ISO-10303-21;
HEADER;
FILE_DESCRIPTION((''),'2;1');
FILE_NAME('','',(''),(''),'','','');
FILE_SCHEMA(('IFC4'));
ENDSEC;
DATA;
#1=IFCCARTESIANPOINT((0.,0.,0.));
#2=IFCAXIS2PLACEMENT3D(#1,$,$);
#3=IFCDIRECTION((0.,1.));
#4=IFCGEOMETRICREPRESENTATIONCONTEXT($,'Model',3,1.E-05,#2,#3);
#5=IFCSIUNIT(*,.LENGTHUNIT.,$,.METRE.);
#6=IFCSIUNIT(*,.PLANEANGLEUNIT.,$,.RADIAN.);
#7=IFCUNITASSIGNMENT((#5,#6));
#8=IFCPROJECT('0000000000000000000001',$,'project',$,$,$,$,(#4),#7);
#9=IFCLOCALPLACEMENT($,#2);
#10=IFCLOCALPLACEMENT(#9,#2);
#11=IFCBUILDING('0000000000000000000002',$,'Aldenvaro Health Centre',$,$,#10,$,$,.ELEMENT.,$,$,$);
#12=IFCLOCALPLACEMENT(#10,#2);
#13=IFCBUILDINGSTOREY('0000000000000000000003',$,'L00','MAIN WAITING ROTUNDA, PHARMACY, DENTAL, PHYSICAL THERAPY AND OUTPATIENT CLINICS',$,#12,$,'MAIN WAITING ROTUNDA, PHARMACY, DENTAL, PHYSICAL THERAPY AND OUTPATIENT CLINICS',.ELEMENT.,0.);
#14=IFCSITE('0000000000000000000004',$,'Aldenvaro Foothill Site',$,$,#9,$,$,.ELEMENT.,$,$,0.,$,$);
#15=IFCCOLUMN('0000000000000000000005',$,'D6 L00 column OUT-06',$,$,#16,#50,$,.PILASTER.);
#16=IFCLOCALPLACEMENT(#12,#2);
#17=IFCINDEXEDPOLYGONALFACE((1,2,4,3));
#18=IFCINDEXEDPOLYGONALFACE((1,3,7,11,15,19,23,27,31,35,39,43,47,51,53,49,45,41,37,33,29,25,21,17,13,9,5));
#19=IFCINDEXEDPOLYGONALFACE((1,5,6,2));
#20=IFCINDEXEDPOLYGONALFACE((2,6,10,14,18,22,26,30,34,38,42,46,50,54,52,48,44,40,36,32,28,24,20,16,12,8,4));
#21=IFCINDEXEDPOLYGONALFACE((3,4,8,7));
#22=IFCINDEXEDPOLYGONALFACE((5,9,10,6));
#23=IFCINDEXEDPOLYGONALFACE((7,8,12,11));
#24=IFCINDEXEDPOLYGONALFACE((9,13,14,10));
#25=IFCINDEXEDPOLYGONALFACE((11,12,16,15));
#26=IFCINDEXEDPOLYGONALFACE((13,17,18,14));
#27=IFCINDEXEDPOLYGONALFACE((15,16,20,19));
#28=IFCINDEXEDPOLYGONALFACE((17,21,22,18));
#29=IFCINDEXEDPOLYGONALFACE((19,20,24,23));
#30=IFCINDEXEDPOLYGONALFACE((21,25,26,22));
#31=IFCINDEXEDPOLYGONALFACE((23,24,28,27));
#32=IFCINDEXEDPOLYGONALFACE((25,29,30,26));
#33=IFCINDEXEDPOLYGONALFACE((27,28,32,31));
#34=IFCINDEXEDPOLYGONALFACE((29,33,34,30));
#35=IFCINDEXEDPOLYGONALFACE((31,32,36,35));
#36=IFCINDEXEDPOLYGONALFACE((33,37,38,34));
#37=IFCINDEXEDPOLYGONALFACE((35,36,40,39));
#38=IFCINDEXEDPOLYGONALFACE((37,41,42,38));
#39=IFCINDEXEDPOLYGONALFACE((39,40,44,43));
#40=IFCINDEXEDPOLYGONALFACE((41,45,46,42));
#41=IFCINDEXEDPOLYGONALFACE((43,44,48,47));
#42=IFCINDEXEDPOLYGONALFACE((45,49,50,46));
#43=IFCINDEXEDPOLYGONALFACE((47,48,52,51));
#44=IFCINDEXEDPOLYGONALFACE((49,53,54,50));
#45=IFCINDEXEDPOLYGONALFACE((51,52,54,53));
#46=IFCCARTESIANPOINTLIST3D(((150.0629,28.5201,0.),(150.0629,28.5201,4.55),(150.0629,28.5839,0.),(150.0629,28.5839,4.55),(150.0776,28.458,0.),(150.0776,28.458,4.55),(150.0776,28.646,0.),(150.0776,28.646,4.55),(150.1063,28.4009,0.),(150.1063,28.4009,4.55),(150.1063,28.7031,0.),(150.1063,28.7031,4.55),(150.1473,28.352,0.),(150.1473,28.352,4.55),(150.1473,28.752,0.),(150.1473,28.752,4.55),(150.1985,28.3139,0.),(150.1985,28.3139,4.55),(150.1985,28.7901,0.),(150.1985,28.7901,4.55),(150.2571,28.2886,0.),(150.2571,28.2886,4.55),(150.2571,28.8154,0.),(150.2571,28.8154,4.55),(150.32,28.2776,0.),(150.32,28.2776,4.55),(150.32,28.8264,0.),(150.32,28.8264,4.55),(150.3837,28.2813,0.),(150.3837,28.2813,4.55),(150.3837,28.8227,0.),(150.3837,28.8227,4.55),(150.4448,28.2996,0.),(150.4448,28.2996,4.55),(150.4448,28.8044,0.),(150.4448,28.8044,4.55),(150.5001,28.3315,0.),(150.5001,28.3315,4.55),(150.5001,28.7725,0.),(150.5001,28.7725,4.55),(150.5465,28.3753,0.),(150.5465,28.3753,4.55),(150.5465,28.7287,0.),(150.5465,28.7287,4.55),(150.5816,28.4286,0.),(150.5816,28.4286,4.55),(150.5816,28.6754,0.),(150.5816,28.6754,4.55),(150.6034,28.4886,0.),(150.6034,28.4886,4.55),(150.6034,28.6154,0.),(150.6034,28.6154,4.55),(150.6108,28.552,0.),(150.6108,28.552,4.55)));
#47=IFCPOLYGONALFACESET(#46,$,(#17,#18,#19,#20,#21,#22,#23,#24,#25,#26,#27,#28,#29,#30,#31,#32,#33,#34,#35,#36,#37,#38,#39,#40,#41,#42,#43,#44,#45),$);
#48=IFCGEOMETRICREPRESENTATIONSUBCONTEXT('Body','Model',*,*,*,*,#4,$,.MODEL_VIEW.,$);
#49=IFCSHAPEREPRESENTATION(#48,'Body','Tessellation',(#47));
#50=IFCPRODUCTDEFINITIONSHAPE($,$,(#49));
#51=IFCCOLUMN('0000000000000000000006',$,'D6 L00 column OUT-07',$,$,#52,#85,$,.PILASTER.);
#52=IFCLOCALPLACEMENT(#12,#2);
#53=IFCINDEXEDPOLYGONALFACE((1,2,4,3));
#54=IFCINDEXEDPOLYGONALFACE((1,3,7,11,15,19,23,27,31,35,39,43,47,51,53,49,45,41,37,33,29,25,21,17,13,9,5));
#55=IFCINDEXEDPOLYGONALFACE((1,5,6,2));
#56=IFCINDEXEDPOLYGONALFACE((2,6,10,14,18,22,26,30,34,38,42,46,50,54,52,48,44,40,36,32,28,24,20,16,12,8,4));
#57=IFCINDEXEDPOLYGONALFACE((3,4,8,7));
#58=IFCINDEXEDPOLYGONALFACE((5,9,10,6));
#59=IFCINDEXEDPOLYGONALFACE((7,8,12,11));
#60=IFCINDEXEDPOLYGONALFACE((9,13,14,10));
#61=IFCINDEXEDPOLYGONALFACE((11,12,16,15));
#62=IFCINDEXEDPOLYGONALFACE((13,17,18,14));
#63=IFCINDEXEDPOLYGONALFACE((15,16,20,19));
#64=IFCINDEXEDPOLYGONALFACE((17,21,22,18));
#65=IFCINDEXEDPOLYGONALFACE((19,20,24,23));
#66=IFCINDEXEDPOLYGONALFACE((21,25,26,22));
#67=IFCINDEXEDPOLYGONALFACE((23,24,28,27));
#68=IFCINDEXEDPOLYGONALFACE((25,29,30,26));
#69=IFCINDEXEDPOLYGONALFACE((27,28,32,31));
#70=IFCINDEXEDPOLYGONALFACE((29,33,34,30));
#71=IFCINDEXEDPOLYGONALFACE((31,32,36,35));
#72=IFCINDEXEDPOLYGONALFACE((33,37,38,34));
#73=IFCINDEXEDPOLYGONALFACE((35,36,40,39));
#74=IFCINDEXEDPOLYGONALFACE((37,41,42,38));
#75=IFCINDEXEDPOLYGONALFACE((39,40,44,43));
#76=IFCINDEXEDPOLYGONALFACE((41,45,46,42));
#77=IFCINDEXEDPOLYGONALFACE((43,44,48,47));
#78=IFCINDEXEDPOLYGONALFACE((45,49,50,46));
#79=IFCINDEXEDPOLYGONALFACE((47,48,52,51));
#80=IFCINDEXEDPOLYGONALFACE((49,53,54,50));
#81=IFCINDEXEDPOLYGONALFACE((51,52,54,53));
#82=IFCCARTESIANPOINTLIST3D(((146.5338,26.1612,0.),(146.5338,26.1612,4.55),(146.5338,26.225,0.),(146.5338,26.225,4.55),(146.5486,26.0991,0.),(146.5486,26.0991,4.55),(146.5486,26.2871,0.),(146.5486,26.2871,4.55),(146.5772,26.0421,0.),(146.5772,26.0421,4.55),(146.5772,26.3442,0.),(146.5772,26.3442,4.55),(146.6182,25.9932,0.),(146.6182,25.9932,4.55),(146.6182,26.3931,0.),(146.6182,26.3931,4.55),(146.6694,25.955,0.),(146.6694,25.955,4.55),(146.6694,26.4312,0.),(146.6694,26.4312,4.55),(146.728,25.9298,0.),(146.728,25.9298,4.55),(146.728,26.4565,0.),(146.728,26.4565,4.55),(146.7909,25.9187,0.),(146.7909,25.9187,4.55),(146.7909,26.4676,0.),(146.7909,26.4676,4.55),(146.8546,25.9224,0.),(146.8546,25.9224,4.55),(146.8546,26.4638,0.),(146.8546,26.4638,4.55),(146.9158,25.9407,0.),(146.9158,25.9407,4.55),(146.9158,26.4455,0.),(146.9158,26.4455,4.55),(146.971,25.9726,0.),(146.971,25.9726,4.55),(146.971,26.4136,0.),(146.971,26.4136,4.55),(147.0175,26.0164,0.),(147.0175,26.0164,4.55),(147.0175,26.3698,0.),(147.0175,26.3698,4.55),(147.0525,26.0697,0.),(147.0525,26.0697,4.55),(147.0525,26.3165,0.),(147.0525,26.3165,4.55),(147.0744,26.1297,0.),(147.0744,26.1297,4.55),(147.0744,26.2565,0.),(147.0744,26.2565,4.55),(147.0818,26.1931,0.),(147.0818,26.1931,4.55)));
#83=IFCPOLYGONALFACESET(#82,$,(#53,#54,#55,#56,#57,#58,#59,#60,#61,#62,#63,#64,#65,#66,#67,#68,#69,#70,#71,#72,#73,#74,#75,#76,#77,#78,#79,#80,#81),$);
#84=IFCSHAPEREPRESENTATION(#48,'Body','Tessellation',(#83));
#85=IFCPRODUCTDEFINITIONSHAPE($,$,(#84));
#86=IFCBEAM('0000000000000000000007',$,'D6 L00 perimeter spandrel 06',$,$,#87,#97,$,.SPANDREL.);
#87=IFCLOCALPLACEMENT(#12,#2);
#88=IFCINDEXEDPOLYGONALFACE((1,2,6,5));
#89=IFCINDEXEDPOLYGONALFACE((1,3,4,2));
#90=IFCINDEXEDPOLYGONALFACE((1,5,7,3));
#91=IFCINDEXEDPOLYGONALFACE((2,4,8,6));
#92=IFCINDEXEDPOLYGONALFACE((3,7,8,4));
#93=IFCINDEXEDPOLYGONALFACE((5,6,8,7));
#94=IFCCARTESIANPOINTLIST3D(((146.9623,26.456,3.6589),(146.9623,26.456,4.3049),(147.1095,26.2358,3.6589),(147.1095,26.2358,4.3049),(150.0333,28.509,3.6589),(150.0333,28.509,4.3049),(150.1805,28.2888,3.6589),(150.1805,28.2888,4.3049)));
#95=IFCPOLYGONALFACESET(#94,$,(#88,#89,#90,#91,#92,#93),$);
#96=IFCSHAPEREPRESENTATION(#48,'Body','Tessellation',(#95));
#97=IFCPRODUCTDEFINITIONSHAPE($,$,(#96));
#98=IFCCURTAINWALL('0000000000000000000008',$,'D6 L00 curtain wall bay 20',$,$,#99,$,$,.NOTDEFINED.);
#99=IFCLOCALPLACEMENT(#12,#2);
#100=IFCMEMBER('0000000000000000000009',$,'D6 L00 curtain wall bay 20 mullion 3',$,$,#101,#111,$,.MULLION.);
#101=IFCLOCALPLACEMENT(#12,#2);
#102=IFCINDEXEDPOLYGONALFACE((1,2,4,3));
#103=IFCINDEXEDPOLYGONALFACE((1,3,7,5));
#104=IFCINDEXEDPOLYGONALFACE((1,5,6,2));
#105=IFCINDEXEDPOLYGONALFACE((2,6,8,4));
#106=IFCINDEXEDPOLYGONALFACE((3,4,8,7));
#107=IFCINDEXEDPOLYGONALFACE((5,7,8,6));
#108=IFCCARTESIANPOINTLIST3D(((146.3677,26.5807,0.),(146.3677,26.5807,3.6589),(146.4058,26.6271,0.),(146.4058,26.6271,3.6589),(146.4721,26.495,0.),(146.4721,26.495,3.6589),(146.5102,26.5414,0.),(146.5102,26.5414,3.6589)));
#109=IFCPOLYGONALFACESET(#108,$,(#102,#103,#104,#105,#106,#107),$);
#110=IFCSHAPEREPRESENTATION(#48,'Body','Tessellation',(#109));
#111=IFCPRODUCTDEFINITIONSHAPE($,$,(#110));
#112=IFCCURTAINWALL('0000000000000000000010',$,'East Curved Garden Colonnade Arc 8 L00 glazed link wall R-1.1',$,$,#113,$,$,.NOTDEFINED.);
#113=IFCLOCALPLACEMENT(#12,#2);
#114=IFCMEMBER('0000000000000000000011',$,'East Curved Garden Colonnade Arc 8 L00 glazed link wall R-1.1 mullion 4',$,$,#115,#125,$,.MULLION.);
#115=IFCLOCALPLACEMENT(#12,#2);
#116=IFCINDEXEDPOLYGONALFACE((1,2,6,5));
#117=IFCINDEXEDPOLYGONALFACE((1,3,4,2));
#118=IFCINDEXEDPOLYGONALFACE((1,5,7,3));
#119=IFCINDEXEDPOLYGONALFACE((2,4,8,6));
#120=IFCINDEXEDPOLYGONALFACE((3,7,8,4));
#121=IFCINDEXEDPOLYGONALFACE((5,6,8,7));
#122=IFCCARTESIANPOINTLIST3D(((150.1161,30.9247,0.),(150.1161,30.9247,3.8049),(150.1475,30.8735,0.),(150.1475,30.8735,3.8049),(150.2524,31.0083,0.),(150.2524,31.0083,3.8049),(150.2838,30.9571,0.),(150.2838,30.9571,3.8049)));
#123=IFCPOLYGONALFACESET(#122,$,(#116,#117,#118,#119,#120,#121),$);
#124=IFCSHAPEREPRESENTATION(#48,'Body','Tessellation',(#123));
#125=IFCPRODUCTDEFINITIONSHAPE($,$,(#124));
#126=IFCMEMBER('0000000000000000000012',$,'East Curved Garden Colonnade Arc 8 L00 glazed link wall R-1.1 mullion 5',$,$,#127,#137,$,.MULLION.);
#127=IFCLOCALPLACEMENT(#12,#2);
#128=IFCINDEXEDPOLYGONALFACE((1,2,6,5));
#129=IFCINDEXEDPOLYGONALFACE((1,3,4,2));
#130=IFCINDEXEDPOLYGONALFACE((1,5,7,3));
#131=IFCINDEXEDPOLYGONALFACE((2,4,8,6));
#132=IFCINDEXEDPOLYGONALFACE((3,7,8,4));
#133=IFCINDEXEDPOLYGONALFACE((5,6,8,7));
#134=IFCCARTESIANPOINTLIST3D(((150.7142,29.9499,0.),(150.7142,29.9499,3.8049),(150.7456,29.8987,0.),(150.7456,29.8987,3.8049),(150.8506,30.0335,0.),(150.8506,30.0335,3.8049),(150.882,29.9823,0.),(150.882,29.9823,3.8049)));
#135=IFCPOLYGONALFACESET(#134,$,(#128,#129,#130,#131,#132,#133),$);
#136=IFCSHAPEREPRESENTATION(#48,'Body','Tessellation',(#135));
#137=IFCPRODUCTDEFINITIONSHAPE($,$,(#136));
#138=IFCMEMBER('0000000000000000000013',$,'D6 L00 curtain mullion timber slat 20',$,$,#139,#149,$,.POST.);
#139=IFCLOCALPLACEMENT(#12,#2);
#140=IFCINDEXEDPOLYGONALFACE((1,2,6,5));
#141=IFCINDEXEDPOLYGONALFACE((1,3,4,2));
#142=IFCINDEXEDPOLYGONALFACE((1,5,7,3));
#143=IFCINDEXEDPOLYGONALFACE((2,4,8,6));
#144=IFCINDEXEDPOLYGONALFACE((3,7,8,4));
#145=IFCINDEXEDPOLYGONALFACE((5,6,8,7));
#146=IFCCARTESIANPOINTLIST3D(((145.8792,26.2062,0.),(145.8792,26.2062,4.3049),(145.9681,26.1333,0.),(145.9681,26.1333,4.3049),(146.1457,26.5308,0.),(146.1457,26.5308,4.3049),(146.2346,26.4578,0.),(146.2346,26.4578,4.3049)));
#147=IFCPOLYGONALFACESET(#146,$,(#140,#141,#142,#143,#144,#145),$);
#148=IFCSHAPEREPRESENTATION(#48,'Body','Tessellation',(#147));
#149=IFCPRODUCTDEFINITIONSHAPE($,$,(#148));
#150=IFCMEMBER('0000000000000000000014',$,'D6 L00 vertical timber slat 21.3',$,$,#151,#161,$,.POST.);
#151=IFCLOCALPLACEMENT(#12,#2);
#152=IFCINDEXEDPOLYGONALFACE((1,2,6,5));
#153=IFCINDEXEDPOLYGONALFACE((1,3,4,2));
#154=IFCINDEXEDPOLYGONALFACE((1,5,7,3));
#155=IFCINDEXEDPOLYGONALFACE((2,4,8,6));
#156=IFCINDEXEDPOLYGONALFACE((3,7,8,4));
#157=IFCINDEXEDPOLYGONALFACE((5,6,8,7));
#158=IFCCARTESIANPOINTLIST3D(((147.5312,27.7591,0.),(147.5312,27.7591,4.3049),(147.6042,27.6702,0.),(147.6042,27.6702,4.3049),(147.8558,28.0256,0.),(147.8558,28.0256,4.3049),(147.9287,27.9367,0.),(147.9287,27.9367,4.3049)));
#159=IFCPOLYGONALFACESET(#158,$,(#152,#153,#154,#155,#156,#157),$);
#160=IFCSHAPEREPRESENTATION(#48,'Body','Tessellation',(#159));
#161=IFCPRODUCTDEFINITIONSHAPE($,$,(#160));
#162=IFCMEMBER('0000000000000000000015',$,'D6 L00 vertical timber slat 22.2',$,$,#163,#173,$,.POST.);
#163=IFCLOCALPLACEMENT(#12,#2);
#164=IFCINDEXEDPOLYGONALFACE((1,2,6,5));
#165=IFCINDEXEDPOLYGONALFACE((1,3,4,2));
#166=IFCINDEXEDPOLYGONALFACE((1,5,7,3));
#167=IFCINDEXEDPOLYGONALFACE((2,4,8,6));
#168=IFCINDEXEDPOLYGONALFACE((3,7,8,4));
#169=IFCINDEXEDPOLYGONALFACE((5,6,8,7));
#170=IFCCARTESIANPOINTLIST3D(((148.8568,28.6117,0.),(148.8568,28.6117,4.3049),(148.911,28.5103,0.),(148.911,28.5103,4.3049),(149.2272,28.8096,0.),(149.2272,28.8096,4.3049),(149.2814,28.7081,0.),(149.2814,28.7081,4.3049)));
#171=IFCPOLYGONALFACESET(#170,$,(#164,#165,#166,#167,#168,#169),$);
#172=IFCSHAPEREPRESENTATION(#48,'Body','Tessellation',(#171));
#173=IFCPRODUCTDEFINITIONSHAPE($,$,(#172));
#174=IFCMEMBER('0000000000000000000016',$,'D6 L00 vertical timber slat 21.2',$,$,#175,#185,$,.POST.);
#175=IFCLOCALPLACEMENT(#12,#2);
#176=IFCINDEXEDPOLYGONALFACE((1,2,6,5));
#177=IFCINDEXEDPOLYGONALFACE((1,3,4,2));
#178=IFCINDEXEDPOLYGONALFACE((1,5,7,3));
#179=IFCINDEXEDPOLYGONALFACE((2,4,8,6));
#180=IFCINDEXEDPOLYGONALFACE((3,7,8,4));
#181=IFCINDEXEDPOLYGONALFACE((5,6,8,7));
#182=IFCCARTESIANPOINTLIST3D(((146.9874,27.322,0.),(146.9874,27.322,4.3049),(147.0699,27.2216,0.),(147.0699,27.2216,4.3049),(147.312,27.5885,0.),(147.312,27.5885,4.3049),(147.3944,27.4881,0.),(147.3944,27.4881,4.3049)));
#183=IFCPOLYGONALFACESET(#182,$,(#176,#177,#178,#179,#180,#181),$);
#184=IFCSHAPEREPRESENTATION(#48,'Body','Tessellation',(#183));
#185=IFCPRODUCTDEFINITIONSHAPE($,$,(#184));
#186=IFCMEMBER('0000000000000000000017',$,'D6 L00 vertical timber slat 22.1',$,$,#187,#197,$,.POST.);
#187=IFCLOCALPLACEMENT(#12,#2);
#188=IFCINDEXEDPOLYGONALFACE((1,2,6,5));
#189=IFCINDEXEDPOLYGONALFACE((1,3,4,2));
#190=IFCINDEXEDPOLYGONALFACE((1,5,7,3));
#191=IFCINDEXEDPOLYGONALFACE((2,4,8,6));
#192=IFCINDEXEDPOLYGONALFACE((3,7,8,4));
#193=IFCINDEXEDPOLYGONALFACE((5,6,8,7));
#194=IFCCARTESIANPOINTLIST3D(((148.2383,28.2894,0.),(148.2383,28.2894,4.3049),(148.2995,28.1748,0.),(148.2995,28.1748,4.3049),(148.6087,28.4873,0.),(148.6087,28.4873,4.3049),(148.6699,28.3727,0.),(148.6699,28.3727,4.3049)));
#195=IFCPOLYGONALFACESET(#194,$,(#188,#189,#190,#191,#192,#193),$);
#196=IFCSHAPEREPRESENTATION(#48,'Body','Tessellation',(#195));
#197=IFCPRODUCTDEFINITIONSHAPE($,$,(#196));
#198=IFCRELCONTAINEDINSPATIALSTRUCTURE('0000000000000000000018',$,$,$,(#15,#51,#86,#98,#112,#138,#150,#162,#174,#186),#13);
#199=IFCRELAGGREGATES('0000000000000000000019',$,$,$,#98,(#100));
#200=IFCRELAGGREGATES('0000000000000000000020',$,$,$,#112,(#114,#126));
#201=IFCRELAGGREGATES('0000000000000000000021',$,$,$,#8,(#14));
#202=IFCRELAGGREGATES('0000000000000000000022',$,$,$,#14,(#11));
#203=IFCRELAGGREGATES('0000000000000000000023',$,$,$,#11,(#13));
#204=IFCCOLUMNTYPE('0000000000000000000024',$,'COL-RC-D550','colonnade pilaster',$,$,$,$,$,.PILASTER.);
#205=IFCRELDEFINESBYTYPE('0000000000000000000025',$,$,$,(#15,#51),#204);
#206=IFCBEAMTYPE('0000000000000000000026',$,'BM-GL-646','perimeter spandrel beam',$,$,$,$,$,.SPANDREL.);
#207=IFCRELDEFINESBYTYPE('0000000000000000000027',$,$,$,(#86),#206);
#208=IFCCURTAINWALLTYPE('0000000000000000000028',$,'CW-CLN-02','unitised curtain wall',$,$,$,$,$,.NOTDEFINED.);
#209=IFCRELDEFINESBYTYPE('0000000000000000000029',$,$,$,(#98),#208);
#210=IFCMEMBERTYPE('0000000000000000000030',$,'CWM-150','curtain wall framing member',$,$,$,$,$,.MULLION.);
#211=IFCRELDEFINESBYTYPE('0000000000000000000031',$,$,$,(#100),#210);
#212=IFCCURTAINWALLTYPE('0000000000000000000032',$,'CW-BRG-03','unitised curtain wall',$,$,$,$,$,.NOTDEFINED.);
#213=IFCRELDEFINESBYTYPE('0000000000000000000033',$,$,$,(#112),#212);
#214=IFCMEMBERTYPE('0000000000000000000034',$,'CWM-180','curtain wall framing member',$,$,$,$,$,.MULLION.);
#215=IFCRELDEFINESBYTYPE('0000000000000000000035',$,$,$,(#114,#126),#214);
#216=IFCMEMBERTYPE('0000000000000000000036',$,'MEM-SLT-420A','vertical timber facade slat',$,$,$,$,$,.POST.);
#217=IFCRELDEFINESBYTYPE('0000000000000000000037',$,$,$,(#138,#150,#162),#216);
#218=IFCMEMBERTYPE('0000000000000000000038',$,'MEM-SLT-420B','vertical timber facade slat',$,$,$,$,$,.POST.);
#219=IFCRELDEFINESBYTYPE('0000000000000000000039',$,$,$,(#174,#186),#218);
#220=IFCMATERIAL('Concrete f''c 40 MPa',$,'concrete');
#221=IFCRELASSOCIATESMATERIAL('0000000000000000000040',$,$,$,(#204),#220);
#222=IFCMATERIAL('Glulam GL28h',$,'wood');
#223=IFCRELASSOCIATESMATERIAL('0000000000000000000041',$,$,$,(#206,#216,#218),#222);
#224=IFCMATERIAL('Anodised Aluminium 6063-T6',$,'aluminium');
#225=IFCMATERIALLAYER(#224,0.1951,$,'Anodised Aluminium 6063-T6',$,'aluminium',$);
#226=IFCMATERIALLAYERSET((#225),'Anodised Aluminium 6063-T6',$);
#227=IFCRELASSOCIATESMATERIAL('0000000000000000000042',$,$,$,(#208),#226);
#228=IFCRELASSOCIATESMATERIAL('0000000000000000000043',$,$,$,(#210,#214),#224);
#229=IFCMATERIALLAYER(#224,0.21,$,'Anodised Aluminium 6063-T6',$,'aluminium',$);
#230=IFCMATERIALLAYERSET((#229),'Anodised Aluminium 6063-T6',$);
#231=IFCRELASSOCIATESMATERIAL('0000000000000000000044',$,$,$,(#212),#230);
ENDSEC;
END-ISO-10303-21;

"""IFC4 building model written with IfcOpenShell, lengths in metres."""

from ifc_helpers import new_model, si_unit, direction, frame, origin, origin_2d, place, context, subcontext, project, spatial, rectangle, circle, extrude, material, layer, layer_set, material_profile, profile_set, type_object, element, aggregate, save


model = new_model("IFC4")

# Units and contexts
model_context = context("Model", 3, precision=1e-05, world=origin(), true_north=direction((0.0, 1.0)))
body_context = subcontext(model_context, "Body", "Model", "MODEL_VIEW")
ifc_project = project(units=[si_unit("LENGTHUNIT", "METRE"), si_unit("PLANEANGLEUNIT", "RADIAN")], contexts=[model_context])

# Site, building, storey
site_placement = place(None, origin())
site = spatial("IfcSite", under=ifc_project, at=site_placement, Name="Aldenvaro Foothill Site", CompositionType="ELEMENT", RefElevation=0.0)
building_placement = place(site_placement, origin())
building = spatial("IfcBuilding", under=site, at=building_placement, Name="Aldenvaro Health Centre", CompositionType="ELEMENT")
storey_placement = place(building_placement, origin())
storey = spatial("IfcBuildingStorey", under=building, at=storey_placement, Name="L00", Description="MAIN WAITING ROTUNDA, PHARMACY, DENTAL, PHYSICAL THERAPY AND OUTPATIENT CLINICS", LongName="MAIN WAITING ROTUNDA, PHARMACY, DENTAL, PHYSICAL THERAPY AND OUTPATIENT CLINICS", CompositionType="ELEMENT", Elevation=0.0)

# Columns
ifc_material_1 = material(Name="Concrete f'c 40 MPa", Category="concrete")
ifc_material_profile_1 = material_profile(ifc_material_1, circle(Radius=0.2749, at=origin_2d()), Name="RC D550", Category="concrete")
ifc_profile_set_1 = profile_set([ifc_material_profile_1], Name="Concrete f'c 40 MPa")
column_type = type_object("IfcColumnType", Name="COL-RC-D550", Description="colonnade pilaster", PredefinedType="PILASTER", material=ifc_profile_set_1)
for number, where, z_axis, x_axis, name in (
    (1, (150.3359, 28.552, 0.0), (0.0, 0.0, 1.0), (1.0, 0.0, 0.0), "D6 L00 column OUT-06"),
    (2, (146.8069, 26.1931, 0.0), (0.0, 0.0, 1.0), (1.0, 0.0, 0.0), "D6 L00 column OUT-07"),
):
    element("IfcColumn", number, at=place(storey_placement, frame(where, z_axis=z_axis, x_axis=x_axis)), inside=storey, type_object=column_type, Name=name, PredefinedType="PILASTER", context=body_context, shape_type="SweptSolid", body=[
        extrude(circle(Radius=0.2749, at=origin_2d()), origin(), (0.0, 0.0, 1.0), 4.55),
    ])

# Beam
ifc_material_2 = material(Name="Glulam GL28h", Category="wood")
ifc_material_profile_2 = material_profile(ifc_material_2, rectangle(XDim=0.2649, YDim=0.646, at=origin_2d()), Name="GL 265x646", Category="wood")
ifc_profile_set_2 = profile_set([ifc_material_profile_2], Name="Glulam GL28h")
beam_type = type_object("IfcBeamType", Name="BM-GL-646", Description="perimeter spandrel beam", PredefinedType="SPANDREL", material=ifc_profile_set_2)
beam_placement = place(storey_placement, frame((150.1069, 28.3989, 3.9819), z_axis=(-0.831348, -0.555752, 0.0), x_axis=(0.555752, -0.831348, 0.0)))
element("IfcBeam", 3, at=beam_placement, inside=storey, type_object=beam_type, Name="D6 L00 perimeter spandrel 06", PredefinedType="SPANDREL", context=body_context, shape_type="SweptSolid", body=[
    extrude(rectangle(XDim=0.2649, YDim=0.646, at=origin_2d()), origin(), (0.0, 0.0, 1.0), 3.6941),
])

# Curtain wall, member
ifc_material_3 = material(Name="Anodised Aluminium 6063-T6", Category="aluminium")
ifc_layer_1 = layer(ifc_material_3, 0.1951, Name="Anodised Aluminium 6063-T6", Category="aluminium")
ifc_layer_set_1 = layer_set([ifc_layer_1], Name="Anodised Aluminium 6063-T6")
curtain_wall_type_1 = type_object("IfcCurtainWallType", Name="CW-CLN-02", Description="unitised curtain wall", PredefinedType="NOTDEFINED", material=ifc_layer_set_1)
curtain_wall_1_placement = place(storey_placement, origin())
curtain_wall_1 = element("IfcCurtainWall", 4, at=curtain_wall_1_placement, inside=storey, type_object=curtain_wall_type_1, Name="D6 L00 curtain wall bay 20", PredefinedType="NOTDEFINED")
ifc_material_profile_3 = material_profile(ifc_material_3, rectangle(XDim=0.0601, YDim=0.135, at=origin_2d()), Name="ALU 60x135", Category="aluminium")
ifc_profile_set_3 = profile_set([ifc_material_profile_3], Name="Anodised Aluminium 6063-T6")
member_type_1 = type_object("IfcMemberType", Name="CWM-150", Description="curtain wall framing member", PredefinedType="MULLION", material=ifc_profile_set_3)
member_1_placement = place(storey_placement, frame((146.439, 26.561, 0.0), z_axis=(0.0, 0.0, 1.0), x_axis=(0.634577, 0.77286, 0.0)))
member_1 = element("IfcMember", 5, at=member_1_placement, type_object=member_type_1, Name="D6 L00 curtain wall bay 20 mullion 3", PredefinedType="MULLION", context=body_context, shape_type="SweptSolid", body=[
    extrude(rectangle(XDim=0.0601, YDim=0.135, at=origin_2d()), origin(), (0.0, 0.0, 1.0), 3.6589),
])

# Curtain wall, members
ifc_layer_2 = layer(ifc_material_3, 0.21, Name="Anodised Aluminium 6063-T6", Category="aluminium")
ifc_layer_set_2 = layer_set([ifc_layer_2], Name="Anodised Aluminium 6063-T6")
curtain_wall_type_2 = type_object("IfcCurtainWallType", Name="CW-BRG-03", Description="unitised curtain wall", PredefinedType="NOTDEFINED", material=ifc_layer_set_2)
curtain_wall_2_placement = place(storey_placement, origin())
curtain_wall_2 = element("IfcCurtainWall", 6, at=curtain_wall_2_placement, inside=storey, type_object=curtain_wall_type_2, Name="East Curved Garden Colonnade Arc 8 L00 glazed link wall R-1.1", PredefinedType="NOTDEFINED")
ifc_material_profile_4 = material_profile(ifc_material_3, rectangle(XDim=0.0601, YDim=0.1599, at=origin_2d()), Name="ALU 60x160", Category="aluminium")
ifc_profile_set_4 = profile_set([ifc_material_profile_4], Name="Anodised Aluminium 6063-T6")
member_type_2 = type_object("IfcMemberType", Name="CWM-180", Description="curtain wall framing member", PredefinedType="MULLION", material=ifc_profile_set_4)
member_2_placement = place(storey_placement, frame((150.2, 30.9409, 0.0), z_axis=(0.0, 0.0, 1.0), x_axis=(0.52267, -0.852535, 0.0)))
member_2 = element("IfcMember", 7, at=member_2_placement, type_object=member_type_2, Name="East Curved Garden Colonnade Arc 8 L00 glazed link wall R-1.1 mullion 4", PredefinedType="MULLION", context=body_context, shape_type="SweptSolid", body=[
    extrude(rectangle(XDim=0.0601, YDim=0.1599, at=origin_2d()), origin(), (0.0, 0.0, 1.0), 3.8049),
])
member_3_placement = place(storey_placement, frame((150.7981, 29.9661, 0.0), z_axis=(0.0, 0.0, 1.0), x_axis=(0.52267, -0.852535, 0.0)))
member_3 = element("IfcMember", 8, at=member_3_placement, type_object=member_type_2, Name="East Curved Garden Colonnade Arc 8 L00 glazed link wall R-1.1 mullion 5", PredefinedType="MULLION", context=body_context, shape_type="SweptSolid", body=[
    extrude(rectangle(XDim=0.0601, YDim=0.1599, at=origin_2d()), origin(), (0.0, 0.0, 1.0), 3.8049),
])

# Members
ifc_material_profile_5 = material_profile(ifc_material_2, rectangle(XDim=0.115, YDim=0.4199, at=origin_2d()), Name="GL 115x420", Category="wood")
ifc_profile_set_5 = profile_set([ifc_material_profile_5], Name="Glulam GL28h")
member_type_3 = type_object("IfcMemberType", Name="MEM-SLT-420A", Description="vertical timber facade slat", PredefinedType="POST", material=ifc_profile_set_5)
for number, where, z_axis, x_axis, name in (
    (9, (146.0569, 26.332, 0.0), (0.0, 0.0, 1.0), (-0.77286, 0.634577, 0.0), "D6 L00 curtain mullion timber slat 20"),
    (10, (147.73, 27.8479, 0.0), (0.0, 0.0, 1.0), (-0.634577, 0.77286, 0.0), "D6 L00 vertical timber slat 21.3"),
    (11, (149.0691, 28.6599, 0.0), (0.0, 0.0, 1.0), (-0.471215, 0.882018, 0.0), "D6 L00 vertical timber slat 22.2"),
):
    element("IfcMember", number, at=place(storey_placement, frame(where, z_axis=z_axis, x_axis=x_axis)), inside=storey, type_object=member_type_3, Name=name, PredefinedType="POST", context=body_context, shape_type="SweptSolid", body=[
        extrude(rectangle(XDim=0.115, YDim=0.4199, at=origin_2d()), origin(), (0.0, 0.0, 1.0), 4.3049),
    ])
ifc_material_profile_6 = material_profile(ifc_material_2, rectangle(XDim=0.1299, YDim=0.4199, at=origin_2d()), Name="GL 130x420", Category="wood")
ifc_profile_set_6 = profile_set([ifc_material_profile_6], Name="Glulam GL28h")
member_type_4 = type_object("IfcMemberType", Name="MEM-SLT-420B", Description="vertical timber facade slat", PredefinedType="POST", material=ifc_profile_set_6)
for number, where, z_axis, x_axis, name in (
    (12, (147.1909, 27.405, 0.0), (0.0, 0.0, 1.0), (-0.634577, 0.77286, 0.0), "D6 L00 vertical timber slat 21.2"),
    (13, (148.4541, 28.3311, 0.0), (0.0, 0.0, 1.0), (-0.471215, 0.882018, 0.0), "D6 L00 vertical timber slat 22.1"),
):
    element("IfcMember", number, at=place(storey_placement, frame(where, z_axis=z_axis, x_axis=x_axis)), inside=storey, type_object=member_type_4, Name=name, PredefinedType="POST", context=body_context, shape_type="SweptSolid", body=[
        extrude(rectangle(XDim=0.1299, YDim=0.4199, at=origin_2d()), origin(), (0.0, 0.0, 1.0), 4.3049),
    ])

aggregate(curtain_wall_1, [member_1])
aggregate(curtain_wall_2, [member_2, member_3])

save(model, "model.ifc")
